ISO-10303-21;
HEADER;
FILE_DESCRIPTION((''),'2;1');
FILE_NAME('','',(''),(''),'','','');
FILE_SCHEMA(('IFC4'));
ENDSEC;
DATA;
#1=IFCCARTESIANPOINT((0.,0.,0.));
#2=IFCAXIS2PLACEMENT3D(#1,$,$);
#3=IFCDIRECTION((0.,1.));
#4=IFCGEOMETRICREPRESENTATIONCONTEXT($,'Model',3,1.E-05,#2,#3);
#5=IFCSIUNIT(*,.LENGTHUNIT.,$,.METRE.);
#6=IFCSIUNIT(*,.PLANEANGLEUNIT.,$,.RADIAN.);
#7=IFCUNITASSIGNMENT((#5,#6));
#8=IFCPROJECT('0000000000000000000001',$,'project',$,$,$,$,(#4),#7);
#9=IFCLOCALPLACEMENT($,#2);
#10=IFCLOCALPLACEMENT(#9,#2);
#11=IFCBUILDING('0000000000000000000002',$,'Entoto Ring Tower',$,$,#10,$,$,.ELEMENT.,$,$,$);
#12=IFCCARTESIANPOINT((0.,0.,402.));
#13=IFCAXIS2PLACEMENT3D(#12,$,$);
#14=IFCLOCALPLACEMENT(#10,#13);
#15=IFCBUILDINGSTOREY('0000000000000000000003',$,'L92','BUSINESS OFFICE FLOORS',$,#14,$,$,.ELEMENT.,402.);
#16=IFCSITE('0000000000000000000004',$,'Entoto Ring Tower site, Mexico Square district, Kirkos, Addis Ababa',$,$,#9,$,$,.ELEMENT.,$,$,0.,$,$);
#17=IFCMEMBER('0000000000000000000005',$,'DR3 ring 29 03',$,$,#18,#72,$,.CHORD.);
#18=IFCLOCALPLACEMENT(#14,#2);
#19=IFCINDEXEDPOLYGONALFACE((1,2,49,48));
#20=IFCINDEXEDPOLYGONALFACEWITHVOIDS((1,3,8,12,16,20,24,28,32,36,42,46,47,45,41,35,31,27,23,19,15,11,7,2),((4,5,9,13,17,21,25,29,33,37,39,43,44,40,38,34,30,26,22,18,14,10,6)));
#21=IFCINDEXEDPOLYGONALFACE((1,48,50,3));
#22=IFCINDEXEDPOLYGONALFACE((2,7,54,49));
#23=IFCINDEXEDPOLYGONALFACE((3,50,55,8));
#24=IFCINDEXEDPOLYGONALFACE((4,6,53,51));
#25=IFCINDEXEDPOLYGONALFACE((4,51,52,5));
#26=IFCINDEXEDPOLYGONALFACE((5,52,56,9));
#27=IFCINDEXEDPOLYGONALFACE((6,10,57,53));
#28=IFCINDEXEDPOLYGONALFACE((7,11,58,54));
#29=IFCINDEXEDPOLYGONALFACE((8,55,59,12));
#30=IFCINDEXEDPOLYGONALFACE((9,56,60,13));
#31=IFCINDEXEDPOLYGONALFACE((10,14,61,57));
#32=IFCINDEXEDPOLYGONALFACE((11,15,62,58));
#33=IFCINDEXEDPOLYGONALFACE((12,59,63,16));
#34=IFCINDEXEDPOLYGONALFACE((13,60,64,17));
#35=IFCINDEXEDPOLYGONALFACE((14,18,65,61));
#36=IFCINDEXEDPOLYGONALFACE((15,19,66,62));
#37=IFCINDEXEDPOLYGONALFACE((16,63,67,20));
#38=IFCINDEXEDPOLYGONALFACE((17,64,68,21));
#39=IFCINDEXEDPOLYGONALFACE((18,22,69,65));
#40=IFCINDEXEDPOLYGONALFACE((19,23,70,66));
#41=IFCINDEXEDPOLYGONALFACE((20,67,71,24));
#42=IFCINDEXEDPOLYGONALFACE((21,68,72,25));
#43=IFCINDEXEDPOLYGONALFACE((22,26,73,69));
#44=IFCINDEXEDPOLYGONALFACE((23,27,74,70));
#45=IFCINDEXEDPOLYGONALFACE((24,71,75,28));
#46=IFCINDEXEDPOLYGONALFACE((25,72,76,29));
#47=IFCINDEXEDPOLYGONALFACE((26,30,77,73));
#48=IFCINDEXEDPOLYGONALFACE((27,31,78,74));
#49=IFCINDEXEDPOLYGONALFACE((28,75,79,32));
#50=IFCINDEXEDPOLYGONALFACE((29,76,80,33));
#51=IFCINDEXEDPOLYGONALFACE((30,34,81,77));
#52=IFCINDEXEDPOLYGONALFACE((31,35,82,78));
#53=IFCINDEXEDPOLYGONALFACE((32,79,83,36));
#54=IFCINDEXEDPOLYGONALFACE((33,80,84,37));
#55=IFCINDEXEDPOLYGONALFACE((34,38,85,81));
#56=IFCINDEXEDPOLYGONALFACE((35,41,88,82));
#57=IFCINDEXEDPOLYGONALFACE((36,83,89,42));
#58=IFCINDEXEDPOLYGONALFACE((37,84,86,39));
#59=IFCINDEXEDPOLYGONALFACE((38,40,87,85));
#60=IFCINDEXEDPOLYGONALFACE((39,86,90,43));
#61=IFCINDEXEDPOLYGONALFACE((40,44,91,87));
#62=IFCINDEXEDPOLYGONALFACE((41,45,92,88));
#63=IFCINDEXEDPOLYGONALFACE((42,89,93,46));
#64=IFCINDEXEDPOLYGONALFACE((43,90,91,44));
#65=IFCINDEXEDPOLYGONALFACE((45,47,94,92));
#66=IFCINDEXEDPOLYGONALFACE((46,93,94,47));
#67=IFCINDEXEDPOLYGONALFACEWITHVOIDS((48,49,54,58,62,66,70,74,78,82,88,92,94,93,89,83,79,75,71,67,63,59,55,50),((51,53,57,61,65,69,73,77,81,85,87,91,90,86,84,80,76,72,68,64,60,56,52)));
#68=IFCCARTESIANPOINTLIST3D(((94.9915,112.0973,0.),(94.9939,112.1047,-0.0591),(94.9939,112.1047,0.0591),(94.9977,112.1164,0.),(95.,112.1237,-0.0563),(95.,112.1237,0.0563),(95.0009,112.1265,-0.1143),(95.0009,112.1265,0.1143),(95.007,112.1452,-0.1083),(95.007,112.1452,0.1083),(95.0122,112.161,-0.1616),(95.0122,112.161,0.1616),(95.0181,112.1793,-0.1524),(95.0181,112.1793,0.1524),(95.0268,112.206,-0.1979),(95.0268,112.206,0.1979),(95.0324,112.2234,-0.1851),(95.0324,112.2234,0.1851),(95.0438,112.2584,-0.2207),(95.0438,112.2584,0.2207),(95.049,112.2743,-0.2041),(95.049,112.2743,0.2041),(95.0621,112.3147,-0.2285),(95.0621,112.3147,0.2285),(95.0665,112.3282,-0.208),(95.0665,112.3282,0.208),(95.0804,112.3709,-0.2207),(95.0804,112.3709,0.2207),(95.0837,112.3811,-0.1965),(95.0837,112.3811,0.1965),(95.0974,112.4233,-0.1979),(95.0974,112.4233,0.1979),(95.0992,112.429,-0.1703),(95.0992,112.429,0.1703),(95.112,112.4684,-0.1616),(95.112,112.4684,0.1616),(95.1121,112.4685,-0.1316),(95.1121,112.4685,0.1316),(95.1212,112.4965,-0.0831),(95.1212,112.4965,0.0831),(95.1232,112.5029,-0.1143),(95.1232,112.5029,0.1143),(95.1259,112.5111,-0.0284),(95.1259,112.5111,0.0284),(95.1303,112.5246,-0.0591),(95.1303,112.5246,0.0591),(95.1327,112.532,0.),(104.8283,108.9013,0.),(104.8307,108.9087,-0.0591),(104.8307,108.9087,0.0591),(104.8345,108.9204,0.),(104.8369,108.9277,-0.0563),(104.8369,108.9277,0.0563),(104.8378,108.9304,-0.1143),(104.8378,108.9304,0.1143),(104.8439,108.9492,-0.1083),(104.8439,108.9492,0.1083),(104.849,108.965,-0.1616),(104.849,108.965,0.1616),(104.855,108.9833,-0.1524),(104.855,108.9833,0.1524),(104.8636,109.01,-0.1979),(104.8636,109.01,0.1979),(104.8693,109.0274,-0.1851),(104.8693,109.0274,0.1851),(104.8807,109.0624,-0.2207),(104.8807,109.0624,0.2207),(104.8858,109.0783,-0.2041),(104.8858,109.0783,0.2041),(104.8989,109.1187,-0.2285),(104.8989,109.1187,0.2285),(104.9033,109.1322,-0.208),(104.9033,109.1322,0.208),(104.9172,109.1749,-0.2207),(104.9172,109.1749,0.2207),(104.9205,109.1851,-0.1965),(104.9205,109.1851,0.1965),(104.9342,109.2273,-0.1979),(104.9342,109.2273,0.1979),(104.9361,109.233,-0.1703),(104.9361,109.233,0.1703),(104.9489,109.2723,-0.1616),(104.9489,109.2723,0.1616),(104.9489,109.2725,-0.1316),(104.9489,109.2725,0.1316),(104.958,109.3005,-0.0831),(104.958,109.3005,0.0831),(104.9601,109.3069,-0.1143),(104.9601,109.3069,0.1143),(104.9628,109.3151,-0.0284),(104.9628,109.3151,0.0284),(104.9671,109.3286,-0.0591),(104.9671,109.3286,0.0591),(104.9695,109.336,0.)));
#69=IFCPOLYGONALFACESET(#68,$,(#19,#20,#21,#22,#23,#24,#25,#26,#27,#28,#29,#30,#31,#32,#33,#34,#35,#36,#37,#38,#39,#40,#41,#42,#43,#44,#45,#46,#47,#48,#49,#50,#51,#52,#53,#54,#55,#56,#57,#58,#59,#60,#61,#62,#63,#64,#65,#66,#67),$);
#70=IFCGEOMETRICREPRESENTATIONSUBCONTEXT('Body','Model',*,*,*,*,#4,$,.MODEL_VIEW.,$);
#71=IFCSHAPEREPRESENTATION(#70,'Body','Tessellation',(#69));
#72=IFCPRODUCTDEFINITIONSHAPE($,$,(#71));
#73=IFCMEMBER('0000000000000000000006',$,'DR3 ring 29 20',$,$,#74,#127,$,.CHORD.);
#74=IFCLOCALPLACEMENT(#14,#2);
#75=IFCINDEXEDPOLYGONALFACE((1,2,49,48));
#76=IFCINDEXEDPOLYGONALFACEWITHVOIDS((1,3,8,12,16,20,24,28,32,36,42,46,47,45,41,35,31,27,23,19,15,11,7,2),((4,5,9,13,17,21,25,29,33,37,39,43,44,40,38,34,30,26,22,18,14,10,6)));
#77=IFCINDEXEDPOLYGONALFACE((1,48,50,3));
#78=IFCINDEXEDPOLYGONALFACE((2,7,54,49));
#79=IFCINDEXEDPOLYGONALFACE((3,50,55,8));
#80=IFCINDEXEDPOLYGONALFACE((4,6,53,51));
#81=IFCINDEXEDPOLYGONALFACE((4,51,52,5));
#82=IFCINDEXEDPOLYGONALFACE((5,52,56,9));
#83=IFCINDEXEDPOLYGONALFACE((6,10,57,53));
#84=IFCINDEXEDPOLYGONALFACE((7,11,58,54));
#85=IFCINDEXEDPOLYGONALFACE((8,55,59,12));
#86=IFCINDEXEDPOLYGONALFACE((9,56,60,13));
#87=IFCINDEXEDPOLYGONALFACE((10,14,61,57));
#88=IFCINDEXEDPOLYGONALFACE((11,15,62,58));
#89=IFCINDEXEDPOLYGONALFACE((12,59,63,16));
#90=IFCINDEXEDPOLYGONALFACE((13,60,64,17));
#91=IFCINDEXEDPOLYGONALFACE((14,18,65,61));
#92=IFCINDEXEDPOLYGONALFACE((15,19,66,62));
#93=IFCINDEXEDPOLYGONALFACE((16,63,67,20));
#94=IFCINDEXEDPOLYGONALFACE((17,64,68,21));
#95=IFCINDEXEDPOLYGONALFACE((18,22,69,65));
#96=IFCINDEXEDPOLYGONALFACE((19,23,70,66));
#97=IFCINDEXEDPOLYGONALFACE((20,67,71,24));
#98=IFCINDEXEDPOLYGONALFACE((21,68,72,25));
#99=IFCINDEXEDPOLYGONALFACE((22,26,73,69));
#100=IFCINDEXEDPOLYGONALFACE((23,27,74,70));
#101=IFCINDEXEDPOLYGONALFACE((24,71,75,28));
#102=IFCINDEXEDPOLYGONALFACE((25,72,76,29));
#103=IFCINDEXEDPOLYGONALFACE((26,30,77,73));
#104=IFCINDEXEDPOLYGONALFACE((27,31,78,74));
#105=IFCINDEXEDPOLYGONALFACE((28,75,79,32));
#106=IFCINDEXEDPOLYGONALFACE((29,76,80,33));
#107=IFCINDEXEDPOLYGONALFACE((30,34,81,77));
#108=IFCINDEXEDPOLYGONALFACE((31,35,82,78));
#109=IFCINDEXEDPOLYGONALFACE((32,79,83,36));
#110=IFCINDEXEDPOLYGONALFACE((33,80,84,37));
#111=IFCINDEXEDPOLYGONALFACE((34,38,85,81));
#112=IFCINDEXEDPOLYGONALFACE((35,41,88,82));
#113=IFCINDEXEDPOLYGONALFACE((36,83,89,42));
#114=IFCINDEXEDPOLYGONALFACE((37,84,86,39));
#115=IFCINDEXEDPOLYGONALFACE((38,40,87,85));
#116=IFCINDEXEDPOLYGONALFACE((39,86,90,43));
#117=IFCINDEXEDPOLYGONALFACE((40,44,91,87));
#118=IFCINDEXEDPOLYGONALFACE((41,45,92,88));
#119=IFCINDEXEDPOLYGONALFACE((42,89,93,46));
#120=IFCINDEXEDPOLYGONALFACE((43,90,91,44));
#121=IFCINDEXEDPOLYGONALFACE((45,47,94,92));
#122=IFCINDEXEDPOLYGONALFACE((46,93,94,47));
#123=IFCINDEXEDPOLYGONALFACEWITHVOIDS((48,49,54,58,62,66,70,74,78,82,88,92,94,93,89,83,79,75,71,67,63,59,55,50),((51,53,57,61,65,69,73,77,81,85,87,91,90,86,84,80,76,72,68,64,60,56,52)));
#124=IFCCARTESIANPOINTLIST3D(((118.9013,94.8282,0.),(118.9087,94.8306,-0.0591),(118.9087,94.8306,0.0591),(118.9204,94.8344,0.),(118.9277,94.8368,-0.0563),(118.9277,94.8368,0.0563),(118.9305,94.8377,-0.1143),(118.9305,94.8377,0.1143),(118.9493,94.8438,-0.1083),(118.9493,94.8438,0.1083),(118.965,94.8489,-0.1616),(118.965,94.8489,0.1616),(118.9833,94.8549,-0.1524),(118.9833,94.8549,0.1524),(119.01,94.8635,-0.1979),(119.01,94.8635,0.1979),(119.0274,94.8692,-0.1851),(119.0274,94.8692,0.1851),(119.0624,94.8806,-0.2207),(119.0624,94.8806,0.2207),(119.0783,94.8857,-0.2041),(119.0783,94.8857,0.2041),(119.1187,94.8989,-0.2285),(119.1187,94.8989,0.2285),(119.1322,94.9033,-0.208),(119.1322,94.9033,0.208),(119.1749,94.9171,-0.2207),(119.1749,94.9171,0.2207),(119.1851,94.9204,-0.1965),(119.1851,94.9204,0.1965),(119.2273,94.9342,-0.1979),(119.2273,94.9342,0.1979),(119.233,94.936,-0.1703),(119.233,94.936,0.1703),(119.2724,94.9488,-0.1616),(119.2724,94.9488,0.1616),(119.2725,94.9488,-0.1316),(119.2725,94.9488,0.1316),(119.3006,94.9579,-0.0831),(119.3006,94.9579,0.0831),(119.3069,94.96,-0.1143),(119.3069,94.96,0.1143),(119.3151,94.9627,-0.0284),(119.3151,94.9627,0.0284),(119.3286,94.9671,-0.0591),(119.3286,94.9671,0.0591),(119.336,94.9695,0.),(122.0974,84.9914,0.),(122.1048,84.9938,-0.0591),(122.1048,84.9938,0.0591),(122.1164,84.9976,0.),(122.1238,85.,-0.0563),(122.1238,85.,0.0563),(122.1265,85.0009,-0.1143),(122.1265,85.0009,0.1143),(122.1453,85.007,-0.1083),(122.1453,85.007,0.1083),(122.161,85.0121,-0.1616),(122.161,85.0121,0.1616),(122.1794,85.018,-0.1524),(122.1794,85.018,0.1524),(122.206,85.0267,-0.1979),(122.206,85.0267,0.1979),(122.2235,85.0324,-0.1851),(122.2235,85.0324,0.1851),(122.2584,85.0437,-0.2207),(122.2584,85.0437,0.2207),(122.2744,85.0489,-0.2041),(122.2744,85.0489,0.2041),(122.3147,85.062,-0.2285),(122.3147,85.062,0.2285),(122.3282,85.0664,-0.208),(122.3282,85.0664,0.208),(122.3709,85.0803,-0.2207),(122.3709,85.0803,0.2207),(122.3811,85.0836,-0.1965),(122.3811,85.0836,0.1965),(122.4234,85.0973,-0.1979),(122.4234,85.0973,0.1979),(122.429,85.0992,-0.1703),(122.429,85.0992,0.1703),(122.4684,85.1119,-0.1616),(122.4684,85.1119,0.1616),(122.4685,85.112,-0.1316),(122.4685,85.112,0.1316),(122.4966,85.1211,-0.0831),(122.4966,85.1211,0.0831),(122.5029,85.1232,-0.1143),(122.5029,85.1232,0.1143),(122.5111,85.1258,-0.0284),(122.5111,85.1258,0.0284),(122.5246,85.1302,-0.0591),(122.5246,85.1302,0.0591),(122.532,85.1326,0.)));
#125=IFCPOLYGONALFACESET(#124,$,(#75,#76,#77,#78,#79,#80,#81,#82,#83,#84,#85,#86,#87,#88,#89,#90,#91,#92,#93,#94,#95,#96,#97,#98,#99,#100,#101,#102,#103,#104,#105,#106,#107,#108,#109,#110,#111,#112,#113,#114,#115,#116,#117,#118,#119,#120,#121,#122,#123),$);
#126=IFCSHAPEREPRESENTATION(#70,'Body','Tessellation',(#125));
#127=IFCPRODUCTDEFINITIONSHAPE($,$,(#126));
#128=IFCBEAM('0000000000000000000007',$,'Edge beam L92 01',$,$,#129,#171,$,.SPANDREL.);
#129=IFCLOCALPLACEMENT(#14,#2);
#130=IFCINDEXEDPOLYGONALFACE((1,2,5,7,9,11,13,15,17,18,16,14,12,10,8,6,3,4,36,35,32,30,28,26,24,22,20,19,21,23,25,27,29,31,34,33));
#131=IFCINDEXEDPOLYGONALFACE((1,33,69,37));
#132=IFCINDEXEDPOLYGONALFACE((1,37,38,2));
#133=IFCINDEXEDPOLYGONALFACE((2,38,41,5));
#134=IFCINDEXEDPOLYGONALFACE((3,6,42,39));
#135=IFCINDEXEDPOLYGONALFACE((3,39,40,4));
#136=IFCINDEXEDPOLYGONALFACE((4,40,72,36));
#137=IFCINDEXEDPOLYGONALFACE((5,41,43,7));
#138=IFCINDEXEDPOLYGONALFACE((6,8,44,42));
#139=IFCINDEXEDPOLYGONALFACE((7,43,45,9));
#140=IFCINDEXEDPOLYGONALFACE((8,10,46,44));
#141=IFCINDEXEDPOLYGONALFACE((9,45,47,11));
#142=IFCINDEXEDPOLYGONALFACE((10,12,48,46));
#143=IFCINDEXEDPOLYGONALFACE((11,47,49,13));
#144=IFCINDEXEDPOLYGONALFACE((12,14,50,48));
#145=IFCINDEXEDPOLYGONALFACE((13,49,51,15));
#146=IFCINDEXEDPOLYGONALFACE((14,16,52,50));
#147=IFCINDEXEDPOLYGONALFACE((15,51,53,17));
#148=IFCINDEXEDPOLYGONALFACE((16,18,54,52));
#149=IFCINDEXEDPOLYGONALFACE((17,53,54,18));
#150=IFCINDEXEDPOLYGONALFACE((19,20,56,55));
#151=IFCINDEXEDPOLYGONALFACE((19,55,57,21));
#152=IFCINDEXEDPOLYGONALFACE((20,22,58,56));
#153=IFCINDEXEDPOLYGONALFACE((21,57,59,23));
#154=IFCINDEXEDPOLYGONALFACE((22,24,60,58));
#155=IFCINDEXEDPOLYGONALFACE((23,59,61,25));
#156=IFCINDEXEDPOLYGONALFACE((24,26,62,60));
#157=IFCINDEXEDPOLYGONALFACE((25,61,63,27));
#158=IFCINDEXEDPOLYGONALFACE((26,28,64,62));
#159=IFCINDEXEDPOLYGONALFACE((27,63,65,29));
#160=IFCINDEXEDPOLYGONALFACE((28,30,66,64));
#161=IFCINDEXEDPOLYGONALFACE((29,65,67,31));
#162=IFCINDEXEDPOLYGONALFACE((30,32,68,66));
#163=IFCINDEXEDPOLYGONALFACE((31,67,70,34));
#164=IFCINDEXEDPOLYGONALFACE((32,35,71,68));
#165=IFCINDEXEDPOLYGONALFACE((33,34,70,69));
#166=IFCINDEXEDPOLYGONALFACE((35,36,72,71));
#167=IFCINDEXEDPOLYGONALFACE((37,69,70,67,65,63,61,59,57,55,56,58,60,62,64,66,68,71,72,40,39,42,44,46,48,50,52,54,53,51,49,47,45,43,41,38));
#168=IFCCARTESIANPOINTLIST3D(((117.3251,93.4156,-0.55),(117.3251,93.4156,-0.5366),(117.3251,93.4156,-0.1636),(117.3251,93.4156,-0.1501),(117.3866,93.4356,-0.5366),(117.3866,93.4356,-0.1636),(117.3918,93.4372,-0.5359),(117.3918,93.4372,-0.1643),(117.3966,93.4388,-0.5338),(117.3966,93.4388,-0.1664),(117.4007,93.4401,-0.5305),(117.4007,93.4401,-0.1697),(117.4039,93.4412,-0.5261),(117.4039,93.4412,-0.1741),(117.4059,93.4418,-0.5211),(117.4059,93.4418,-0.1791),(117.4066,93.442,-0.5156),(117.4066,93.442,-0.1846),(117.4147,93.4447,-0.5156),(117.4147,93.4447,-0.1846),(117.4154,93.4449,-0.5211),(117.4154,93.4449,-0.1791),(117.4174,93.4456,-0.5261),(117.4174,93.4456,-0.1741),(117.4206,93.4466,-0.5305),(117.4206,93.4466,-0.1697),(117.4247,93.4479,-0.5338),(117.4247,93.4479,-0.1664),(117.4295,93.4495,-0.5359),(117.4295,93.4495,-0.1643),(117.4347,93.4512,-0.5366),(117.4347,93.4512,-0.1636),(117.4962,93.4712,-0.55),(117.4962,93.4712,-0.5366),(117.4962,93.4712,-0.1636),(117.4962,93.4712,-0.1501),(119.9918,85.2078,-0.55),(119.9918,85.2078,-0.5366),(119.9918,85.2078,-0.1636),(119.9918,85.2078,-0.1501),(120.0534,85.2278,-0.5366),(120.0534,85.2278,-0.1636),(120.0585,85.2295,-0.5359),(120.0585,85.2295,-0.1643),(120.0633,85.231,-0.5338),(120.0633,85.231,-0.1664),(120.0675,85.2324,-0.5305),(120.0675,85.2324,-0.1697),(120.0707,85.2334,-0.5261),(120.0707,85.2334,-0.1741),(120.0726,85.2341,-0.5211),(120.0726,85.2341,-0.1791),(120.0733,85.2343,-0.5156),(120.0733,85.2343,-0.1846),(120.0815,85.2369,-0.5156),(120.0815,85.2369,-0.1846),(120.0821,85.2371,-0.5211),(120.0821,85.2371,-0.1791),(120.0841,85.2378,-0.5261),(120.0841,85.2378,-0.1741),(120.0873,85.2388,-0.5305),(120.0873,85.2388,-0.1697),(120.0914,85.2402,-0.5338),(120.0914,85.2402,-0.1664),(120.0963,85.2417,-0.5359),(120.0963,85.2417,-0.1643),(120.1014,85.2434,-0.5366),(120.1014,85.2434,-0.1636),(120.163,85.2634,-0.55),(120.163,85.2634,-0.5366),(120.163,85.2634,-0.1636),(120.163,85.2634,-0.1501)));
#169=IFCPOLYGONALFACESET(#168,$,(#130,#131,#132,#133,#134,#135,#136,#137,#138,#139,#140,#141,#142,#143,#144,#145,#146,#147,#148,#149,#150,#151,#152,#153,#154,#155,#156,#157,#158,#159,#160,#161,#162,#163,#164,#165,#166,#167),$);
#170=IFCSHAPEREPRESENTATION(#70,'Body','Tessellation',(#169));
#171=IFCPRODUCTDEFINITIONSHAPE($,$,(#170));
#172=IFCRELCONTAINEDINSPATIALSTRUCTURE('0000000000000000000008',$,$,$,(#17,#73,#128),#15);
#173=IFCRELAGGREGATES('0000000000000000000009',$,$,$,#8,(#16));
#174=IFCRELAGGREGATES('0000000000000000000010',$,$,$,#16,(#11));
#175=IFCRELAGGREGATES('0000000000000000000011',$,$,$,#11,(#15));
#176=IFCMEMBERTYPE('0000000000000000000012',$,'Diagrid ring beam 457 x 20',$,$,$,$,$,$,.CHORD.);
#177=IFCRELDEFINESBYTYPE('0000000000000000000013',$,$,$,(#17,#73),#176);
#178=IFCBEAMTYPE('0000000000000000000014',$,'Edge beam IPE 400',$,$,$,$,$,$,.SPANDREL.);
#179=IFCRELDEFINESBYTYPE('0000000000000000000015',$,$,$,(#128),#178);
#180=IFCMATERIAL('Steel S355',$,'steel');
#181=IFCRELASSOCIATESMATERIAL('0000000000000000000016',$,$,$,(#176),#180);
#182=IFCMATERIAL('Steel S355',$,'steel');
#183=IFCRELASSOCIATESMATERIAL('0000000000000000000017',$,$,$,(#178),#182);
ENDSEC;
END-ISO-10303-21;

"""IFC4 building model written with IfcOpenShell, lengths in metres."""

from ifc_helpers import new_model, si_unit, direction, frame, origin, origin_2d, place, context, subcontext, project, spatial, circle, hollow_circle, i_section, extrude, material, material_profile, profile_set, type_object, element, save


model = new_model("IFC4")

# Units and contexts
model_context = context("Model", 3, precision=1e-05, world=origin(), true_north=direction((0.0, 1.0)))
body_context = subcontext(model_context, "Body", "Model", "MODEL_VIEW")
ifc_project = project(units=[si_unit("LENGTHUNIT", "METRE"), si_unit("PLANEANGLEUNIT", "RADIAN")], contexts=[model_context])

# Site, building, storey
site_placement = place(None, origin())
site = spatial("IfcSite", under=ifc_project, at=site_placement, Name="Entoto Ring Tower site, Mexico Square district, Kirkos, Addis Ababa", CompositionType="ELEMENT", RefElevation=0.0)
building_placement = place(site_placement, origin())
building = spatial("IfcBuilding", under=site, at=building_placement, Name="Entoto Ring Tower", CompositionType="ELEMENT")
storey_placement = place(building_placement, frame((0.0, 0.0, 402.0)))
storey = spatial("IfcBuildingStorey", under=building, at=storey_placement, Name="L92", Description="BUSINESS OFFICE FLOORS", CompositionType="ELEMENT", Elevation=402.0)

# Members
ifc_material_1 = material(Name="Steel S355", Category="steel")
ifc_material_profile_1 = material_profile(ifc_material_1, hollow_circle(Radius=0.2285, WallThickness=0.02, at=origin_2d()), Name="CHS 457 x 20")
ifc_material_2 = material(Name="Concrete C60/75", Category="concrete")
ifc_material_profile_2 = material_profile(ifc_material_2, circle(Radius=0.2085, at=origin_2d()), Name="Concrete C60/75 infill")
ifc_profile_set_1 = profile_set([ifc_material_profile_1, ifc_material_profile_2], Name="Steel S355")
member_type_1 = type_object("IfcMemberType", Name="Diagrid ring beam 457 x 20", PredefinedType="CHORD", material=ifc_profile_set_1)
for number, where, z_axis, x_axis, name in (
    (1, (104.8989, 109.1187, 0.0), (-0.951061, 0.309003, 0.0), (-0.309003, -0.951061, 0.0), "DR3 ring 29 03"),
    (2, (122.3147, 85.062, 0.0), (-0.309003, 0.951061, 0.0), (-0.951061, -0.309003, 0.0), "DR3 ring 29 20"),
):
    element("IfcMember", number, at=place(storey_placement, frame(where, z_axis=z_axis, x_axis=x_axis)), inside=storey, type_object=member_type_1, Name=name, PredefinedType="CHORD", context=body_context, shape_type="SweptSolid", body=[
        extrude(hollow_circle(Radius=0.2285, WallThickness=0.02, at=origin_2d()), origin(), (0.0, 0.0, 1.0), 10.343),
    ])

# Beam
ifc_material_3 = material(Name="Steel S355", Category="steel")
ifc_material_profile_3 = material_profile(ifc_material_3, i_section(OverallWidth=0.1799, OverallDepth=0.3999, WebThickness=0.0085, FlangeThickness=0.0134, FilletRadius=0.021, at=origin_2d()), Name="IPE 400")
ifc_profile_set_2 = profile_set([ifc_material_profile_3], Name="Steel S355")
beam_type_1 = type_object("IfcBeamType", Name="Edge beam IPE 400", PredefinedType="SPANDREL", material=ifc_profile_set_2)
beam_1_placement = place(storey_placement, frame((120.0774, 85.2356, -0.3501), z_axis=(-0.309005, 0.95106, 0.0), x_axis=(-0.95106, -0.309005, 0.0)))
element("IfcBeam", 3, at=beam_1_placement, inside=storey, type_object=beam_type_1, Name="Edge beam L92 01", PredefinedType="SPANDREL", context=body_context, shape_type="SweptSolid", body=[
    extrude(i_section(OverallWidth=0.1799, OverallDepth=0.3999, WebThickness=0.0085, FlangeThickness=0.0134, FilletRadius=0.021, at=origin_2d()), origin(), (0.0, 0.0, 1.0), 8.6301),
])

save(model, "model.ifc")
